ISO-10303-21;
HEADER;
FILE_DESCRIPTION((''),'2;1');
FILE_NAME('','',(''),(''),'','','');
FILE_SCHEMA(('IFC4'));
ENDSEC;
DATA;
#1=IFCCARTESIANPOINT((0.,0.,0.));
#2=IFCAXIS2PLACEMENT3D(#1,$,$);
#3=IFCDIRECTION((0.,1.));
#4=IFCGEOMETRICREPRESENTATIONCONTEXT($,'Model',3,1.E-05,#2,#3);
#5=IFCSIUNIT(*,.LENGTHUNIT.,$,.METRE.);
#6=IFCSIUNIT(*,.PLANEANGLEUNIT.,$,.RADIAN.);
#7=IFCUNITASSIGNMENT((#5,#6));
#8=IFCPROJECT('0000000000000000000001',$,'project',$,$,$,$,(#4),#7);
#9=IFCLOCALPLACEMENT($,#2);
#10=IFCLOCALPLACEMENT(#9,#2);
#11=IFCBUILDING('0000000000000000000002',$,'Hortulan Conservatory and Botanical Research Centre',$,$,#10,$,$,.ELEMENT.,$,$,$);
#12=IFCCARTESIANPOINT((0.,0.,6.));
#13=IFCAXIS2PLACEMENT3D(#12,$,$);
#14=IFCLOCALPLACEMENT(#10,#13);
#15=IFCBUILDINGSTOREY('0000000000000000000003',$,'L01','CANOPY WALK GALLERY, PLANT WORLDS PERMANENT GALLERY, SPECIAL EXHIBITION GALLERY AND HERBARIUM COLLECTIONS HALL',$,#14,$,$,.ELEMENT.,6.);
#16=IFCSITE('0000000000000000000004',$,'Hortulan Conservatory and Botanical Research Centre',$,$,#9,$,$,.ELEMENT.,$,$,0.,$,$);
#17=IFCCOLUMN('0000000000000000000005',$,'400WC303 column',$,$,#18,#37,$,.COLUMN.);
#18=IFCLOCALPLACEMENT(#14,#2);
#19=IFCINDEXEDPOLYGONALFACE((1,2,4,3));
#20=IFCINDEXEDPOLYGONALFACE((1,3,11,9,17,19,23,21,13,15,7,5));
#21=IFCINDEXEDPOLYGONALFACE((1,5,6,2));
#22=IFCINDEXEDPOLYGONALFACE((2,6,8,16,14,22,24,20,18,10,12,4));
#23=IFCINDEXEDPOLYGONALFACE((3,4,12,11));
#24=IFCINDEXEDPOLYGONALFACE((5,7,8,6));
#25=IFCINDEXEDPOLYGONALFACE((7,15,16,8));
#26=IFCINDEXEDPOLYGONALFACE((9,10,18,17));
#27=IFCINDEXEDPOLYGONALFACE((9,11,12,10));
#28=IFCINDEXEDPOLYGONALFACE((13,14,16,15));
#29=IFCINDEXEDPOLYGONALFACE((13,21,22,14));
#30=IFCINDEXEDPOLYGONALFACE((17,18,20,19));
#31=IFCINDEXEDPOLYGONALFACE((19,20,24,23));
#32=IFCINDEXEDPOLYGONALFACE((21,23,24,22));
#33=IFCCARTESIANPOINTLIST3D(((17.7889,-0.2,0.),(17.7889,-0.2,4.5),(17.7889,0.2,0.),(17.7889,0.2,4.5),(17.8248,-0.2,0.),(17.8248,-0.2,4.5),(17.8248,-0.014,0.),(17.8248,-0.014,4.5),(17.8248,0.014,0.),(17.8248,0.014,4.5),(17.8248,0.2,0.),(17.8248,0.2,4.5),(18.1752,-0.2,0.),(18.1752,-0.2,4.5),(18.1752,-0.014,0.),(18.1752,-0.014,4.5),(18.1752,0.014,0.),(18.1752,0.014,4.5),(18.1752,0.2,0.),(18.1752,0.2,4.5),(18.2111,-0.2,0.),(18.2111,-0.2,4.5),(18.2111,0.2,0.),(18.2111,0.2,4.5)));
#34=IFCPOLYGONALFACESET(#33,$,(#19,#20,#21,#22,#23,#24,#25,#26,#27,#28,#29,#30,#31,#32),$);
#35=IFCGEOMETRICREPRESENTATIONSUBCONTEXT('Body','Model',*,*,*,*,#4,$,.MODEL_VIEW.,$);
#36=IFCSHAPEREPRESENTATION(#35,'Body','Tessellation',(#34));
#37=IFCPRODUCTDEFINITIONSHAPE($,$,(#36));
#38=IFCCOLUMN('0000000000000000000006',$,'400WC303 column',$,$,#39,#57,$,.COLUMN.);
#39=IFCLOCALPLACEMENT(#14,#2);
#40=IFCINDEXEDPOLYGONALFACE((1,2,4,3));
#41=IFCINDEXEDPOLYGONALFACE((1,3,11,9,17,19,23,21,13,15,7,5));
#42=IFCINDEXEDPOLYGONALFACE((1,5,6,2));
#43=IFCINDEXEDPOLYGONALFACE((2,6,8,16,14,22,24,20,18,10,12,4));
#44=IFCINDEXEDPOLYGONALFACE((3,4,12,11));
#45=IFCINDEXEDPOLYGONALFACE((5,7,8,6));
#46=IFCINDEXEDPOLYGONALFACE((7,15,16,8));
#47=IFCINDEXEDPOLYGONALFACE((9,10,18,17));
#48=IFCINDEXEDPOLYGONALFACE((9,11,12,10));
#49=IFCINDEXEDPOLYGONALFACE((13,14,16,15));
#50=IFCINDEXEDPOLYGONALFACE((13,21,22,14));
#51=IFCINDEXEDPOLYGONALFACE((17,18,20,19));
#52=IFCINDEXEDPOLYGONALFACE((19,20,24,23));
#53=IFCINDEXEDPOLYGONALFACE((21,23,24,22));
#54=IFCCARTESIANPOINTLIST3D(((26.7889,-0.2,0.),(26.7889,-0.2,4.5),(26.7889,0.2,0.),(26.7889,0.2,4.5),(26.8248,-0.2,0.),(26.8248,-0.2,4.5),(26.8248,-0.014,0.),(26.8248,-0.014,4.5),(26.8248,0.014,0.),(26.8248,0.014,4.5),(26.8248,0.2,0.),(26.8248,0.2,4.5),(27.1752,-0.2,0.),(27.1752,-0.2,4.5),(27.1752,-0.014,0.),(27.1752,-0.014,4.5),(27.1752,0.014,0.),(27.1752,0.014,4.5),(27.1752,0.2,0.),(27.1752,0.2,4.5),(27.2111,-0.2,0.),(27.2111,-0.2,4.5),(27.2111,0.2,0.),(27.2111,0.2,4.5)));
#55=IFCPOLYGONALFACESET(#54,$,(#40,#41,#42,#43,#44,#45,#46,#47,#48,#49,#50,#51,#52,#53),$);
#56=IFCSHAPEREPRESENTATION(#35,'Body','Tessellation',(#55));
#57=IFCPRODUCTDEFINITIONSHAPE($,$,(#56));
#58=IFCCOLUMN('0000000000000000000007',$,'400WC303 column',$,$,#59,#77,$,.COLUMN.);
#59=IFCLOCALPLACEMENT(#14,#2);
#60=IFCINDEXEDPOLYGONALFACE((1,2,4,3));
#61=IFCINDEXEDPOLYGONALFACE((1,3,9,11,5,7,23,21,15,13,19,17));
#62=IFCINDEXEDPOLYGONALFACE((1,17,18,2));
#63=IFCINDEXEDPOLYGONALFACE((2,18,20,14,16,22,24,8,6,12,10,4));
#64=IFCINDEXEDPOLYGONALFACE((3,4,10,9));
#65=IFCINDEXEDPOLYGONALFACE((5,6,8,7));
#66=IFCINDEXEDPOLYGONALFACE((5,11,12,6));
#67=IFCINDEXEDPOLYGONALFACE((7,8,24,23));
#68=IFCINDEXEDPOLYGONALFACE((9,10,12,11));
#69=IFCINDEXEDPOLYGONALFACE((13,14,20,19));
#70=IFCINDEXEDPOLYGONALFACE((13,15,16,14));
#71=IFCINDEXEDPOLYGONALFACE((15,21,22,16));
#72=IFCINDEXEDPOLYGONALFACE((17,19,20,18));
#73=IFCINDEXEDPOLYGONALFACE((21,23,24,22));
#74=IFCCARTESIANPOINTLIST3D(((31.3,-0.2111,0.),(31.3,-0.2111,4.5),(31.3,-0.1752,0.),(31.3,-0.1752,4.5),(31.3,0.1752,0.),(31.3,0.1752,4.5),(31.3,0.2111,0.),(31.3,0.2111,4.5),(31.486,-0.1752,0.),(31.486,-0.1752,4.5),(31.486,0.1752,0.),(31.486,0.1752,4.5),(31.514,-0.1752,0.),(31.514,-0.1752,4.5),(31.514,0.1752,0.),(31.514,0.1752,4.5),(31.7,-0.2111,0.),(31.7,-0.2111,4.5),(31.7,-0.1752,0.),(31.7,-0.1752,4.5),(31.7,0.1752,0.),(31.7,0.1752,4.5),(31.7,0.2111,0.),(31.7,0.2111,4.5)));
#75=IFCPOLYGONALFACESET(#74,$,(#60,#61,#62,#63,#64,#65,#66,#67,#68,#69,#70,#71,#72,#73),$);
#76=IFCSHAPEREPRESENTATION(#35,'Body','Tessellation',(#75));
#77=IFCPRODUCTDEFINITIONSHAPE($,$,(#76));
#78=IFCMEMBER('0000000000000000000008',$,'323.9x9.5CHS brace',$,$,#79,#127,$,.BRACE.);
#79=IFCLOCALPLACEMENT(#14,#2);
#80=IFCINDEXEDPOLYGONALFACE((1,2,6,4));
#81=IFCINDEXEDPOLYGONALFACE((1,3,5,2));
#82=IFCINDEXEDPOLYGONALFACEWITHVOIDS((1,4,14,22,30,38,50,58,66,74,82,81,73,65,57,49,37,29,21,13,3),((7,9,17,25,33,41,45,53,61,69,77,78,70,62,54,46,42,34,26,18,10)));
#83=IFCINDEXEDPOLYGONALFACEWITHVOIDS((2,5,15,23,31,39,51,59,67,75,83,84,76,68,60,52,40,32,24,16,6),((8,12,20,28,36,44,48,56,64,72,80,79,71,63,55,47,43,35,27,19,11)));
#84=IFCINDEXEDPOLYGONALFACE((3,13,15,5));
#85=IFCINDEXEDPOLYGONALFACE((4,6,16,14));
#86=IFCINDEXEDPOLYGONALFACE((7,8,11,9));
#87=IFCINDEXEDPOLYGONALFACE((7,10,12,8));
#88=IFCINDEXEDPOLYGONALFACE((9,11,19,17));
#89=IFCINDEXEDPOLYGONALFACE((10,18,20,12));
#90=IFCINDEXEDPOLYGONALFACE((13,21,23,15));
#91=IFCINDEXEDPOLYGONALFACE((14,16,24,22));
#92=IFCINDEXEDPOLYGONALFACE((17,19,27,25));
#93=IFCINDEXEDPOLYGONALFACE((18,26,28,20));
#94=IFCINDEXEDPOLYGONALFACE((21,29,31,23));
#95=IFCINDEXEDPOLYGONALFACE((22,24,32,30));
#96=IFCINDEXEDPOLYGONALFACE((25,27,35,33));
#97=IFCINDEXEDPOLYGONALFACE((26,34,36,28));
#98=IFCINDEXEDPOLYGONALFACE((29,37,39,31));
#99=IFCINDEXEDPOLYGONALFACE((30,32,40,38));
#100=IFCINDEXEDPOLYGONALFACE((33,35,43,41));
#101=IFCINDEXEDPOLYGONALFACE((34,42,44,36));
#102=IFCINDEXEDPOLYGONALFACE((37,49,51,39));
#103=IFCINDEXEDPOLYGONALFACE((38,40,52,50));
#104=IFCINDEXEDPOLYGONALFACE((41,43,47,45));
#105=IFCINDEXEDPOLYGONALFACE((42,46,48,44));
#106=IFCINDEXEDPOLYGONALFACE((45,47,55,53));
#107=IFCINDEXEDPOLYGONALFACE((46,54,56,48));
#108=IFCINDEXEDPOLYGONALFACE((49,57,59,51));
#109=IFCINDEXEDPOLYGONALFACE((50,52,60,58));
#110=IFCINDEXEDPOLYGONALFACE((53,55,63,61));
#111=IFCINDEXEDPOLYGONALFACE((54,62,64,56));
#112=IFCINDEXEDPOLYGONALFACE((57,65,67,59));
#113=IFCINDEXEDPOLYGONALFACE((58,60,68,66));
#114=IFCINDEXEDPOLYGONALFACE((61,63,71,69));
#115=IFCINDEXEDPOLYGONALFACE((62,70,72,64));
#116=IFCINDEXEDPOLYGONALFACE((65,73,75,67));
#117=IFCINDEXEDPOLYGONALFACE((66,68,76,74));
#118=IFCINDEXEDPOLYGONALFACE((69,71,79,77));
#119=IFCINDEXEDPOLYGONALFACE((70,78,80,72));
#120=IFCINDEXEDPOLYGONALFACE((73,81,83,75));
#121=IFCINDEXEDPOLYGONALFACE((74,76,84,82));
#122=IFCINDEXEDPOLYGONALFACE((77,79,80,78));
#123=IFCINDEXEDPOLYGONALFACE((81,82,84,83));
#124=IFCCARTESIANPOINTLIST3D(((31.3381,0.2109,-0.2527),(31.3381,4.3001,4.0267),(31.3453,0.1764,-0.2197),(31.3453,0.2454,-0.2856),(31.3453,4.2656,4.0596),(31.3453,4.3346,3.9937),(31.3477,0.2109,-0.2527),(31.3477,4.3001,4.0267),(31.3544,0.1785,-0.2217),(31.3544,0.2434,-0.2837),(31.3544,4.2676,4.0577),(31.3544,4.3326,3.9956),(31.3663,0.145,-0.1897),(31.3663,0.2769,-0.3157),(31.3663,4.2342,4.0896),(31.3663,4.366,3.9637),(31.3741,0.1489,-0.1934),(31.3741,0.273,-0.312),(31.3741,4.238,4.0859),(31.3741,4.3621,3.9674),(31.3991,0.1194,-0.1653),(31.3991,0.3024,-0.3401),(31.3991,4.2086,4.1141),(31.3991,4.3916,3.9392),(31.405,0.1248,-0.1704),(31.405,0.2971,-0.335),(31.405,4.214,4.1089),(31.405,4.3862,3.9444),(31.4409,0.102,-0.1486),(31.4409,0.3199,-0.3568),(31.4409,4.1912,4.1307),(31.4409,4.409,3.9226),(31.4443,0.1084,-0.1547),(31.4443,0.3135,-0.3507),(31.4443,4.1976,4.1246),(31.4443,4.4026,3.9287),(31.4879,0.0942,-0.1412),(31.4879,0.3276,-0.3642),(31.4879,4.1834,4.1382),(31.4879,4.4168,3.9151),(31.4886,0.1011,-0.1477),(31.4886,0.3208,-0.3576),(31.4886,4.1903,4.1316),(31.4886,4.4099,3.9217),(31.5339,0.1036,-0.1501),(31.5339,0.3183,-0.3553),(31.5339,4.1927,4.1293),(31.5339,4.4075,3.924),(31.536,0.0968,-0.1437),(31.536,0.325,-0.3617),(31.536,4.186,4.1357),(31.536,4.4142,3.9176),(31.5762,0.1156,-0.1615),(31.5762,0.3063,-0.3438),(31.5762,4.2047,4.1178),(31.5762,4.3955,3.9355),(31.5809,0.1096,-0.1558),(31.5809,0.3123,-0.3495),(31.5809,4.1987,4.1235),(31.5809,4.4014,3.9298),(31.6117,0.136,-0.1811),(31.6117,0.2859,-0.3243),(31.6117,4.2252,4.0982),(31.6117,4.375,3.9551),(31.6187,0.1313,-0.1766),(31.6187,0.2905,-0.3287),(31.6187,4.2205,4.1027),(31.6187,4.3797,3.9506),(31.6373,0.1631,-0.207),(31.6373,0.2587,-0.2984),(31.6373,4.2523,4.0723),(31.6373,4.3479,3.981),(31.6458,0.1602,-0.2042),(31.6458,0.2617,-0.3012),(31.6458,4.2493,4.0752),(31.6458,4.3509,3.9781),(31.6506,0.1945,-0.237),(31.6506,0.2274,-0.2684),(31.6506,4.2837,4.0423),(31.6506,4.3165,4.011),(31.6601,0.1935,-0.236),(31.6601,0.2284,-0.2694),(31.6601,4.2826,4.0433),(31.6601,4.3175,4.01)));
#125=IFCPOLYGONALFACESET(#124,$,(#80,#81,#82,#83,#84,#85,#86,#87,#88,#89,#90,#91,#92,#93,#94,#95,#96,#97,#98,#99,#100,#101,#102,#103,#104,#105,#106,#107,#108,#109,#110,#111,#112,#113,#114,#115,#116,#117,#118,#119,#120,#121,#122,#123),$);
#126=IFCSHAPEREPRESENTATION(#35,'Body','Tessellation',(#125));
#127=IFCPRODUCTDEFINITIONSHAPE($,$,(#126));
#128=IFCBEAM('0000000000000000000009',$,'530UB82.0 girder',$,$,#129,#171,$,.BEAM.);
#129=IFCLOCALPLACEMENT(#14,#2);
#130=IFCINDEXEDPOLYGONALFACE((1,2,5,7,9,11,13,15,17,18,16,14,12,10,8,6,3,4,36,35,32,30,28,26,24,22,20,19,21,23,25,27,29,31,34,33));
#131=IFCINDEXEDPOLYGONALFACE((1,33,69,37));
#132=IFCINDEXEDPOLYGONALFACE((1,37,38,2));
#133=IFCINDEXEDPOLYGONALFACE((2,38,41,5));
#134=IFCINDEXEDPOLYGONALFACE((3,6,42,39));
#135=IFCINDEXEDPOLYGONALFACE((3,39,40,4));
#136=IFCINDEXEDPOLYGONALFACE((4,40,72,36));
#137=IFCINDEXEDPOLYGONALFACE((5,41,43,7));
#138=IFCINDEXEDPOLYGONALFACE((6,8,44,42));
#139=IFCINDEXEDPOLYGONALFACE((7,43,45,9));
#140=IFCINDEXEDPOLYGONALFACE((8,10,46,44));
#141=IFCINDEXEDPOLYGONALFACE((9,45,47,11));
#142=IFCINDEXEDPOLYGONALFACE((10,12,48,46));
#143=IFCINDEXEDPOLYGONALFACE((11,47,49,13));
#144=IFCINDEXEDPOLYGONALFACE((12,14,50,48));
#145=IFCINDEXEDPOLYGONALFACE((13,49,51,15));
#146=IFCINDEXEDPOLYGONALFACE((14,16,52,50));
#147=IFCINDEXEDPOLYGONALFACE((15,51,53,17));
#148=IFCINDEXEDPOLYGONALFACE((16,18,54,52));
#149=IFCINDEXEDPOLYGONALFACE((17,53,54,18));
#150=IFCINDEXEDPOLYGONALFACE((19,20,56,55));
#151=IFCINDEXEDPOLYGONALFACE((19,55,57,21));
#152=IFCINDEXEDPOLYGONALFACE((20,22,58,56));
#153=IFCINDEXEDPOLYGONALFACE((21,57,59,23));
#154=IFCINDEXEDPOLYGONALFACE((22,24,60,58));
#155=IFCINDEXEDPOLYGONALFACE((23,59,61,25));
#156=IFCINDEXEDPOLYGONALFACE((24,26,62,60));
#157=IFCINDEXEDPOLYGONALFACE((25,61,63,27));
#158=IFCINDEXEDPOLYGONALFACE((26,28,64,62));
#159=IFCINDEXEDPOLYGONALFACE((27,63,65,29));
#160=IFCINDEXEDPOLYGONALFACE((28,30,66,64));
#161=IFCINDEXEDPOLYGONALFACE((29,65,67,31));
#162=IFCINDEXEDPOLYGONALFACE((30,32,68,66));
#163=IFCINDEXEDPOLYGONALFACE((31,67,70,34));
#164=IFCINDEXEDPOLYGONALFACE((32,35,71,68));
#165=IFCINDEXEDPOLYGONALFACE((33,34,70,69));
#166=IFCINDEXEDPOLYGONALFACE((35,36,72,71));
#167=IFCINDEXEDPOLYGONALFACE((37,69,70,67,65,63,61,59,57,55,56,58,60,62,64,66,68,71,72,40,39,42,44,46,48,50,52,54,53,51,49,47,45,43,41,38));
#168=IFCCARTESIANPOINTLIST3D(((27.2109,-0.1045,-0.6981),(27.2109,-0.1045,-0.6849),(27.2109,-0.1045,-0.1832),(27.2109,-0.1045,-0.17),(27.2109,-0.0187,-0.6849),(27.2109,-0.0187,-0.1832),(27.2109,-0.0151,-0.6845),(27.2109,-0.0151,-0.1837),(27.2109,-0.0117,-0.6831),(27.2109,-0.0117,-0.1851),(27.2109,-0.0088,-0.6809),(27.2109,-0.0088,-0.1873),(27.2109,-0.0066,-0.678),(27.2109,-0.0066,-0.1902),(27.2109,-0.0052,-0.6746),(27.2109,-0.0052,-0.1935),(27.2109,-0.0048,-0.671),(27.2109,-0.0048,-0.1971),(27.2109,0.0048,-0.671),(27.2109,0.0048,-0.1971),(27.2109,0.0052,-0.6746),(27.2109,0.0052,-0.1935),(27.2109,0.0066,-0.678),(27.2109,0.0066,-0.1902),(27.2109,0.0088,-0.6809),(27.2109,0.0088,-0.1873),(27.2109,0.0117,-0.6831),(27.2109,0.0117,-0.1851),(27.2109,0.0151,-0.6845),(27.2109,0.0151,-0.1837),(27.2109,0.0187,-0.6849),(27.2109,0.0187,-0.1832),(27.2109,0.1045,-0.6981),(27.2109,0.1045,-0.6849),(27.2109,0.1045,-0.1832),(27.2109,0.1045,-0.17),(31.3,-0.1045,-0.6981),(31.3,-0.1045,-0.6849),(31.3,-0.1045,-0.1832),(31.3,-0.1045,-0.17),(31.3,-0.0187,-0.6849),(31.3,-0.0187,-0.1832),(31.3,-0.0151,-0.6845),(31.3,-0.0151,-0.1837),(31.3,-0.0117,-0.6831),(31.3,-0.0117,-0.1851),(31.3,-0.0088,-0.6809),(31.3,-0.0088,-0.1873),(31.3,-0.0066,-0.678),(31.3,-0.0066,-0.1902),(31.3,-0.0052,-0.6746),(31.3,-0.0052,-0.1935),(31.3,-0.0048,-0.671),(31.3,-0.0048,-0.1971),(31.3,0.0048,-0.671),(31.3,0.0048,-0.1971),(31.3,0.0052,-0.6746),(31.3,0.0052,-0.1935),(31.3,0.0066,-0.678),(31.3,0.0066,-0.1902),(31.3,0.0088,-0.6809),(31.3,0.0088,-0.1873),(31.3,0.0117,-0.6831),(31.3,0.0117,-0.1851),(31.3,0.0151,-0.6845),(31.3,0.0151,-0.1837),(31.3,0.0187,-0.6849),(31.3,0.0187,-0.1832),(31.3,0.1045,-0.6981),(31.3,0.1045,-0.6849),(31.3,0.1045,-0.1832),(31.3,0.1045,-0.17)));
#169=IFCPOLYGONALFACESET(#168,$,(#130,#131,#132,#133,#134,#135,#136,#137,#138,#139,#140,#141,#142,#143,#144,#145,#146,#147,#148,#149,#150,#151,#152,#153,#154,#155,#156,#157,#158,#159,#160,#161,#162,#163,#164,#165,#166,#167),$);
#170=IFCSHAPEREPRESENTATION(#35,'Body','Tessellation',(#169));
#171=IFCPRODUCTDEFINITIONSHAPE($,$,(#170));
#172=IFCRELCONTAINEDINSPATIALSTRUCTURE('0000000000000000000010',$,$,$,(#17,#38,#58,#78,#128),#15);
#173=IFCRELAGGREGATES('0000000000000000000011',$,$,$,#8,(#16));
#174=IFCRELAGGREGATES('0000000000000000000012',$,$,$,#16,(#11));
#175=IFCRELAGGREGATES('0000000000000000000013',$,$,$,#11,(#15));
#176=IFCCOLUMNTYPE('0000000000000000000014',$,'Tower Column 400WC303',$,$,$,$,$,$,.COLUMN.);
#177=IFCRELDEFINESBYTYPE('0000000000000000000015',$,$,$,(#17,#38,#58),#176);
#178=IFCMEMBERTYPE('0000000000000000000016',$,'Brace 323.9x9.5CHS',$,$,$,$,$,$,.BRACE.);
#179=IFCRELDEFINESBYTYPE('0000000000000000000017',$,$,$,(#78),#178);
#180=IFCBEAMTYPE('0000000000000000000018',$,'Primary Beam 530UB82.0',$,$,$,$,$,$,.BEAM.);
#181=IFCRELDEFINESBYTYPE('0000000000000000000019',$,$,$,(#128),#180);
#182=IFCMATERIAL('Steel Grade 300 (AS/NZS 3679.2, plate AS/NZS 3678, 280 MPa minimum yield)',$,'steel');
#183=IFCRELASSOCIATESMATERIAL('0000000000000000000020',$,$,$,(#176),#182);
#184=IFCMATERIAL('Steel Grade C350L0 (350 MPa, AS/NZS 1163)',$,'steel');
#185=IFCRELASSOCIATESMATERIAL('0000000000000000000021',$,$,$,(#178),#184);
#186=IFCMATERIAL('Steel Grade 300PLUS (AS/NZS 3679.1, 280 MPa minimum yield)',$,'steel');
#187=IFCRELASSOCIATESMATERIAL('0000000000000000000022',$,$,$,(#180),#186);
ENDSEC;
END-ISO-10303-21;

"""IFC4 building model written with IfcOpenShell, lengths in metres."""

from ifc_helpers import new_model, si_unit, direction, frame, origin, origin_2d, place, context, subcontext, project, spatial, hollow_circle, i_section, extrude, material, material_profile, profile_set, type_object, element, save


model = new_model("IFC4")

# Units and contexts
model_context = context("Model", 3, precision=1e-05, world=origin(), true_north=direction((0.0, 1.0)))
body_context = subcontext(model_context, "Body", "Model", "MODEL_VIEW")
ifc_project = project(units=[si_unit("LENGTHUNIT", "METRE"), si_unit("PLANEANGLEUNIT", "RADIAN")], contexts=[model_context])

# Site, building, storey
site_placement = place(None, origin())
site = spatial("IfcSite", under=ifc_project, at=site_placement, Name="Hortulan Conservatory and Botanical Research Centre", CompositionType="ELEMENT", RefElevation=0.0)
building_placement = place(site_placement, origin())
building = spatial("IfcBuilding", under=site, at=building_placement, Name="Hortulan Conservatory and Botanical Research Centre", CompositionType="ELEMENT")
storey_placement = place(building_placement, frame((0.0, 0.0, 6.0)))
storey = spatial("IfcBuildingStorey", under=building, at=storey_placement, Name="L01", Description="CANOPY WALK GALLERY, PLANT WORLDS PERMANENT GALLERY, SPECIAL EXHIBITION GALLERY AND HERBARIUM COLLECTIONS HALL", CompositionType="ELEMENT", Elevation=6.0)

# Columns
ifc_material_1 = material(Name="Steel Grade 300 (AS/NZS 3679.2, plate AS/NZS 3678, 280 MPa minimum yield)", Category="steel")
ifc_material_profile_1 = material_profile(ifc_material_1, i_section(OverallWidth=0.3999, OverallDepth=0.4221, WebThickness=0.0281, FlangeThickness=0.0359, at=origin_2d()), Name="400WC303")
ifc_profile_set_1 = profile_set([ifc_material_profile_1], Name="Steel Grade 300 (AS/NZS 3679.2, plate AS/NZS 3678, 280 MPa minimum yield)")
column_type = type_object("IfcColumnType", Name="Tower Column 400WC303", PredefinedType="COLUMN", material=ifc_profile_set_1)
for number, where, z_axis, x_axis, name in (
    (1, (18.0, 0.0, 0.0), (0.0, 0.0, 1.0), (0.0, 1.0, 0.0), "400WC303 column"),
    (2, (27.0, 0.0, 0.0), (0.0, 0.0, 1.0), (0.0, 1.0, 0.0), "400WC303 column"),
    (3, (31.5, 0.0, 0.0), (0.0, 0.0, 1.0), (1.0, 0.0, 0.0), "400WC303 column"),
):
    element("IfcColumn", number, at=place(storey_placement, frame(where, z_axis=z_axis, x_axis=x_axis)), inside=storey, type_object=column_type, Name=name, PredefinedType="COLUMN", context=body_context, shape_type="SweptSolid", body=[
        extrude(i_section(OverallWidth=0.3999, OverallDepth=0.4221, WebThickness=0.0281, FlangeThickness=0.0359, at=origin_2d()), origin(), (0.0, 0.0, 1.0), 4.5),
    ])

# Member
ifc_material_2 = material(Name="Steel Grade C350L0 (350 MPa, AS/NZS 1163)", Category="steel")
ifc_material_profile_2 = material_profile(ifc_material_2, hollow_circle(Radius=0.1619, WallThickness=0.0095, at=origin_2d()), Name="323.9x9.5CHS")
ifc_profile_set_2 = profile_set([ifc_material_profile_2], Name="Steel Grade C350L0 (350 MPa, AS/NZS 1163)")
member_type = type_object("IfcMemberType", Name="Brace 323.9x9.5CHS", PredefinedType="BRACE", material=ifc_profile_set_2)
member_placement = place(storey_placement, frame((31.5, 0.2109, -0.2527), z_axis=(0.0, 0.690858, 0.72299), x_axis=(-1.0, 0.0, 0.0)))
element("IfcMember", 4, at=member_placement, inside=storey, type_object=member_type, Name="323.9x9.5CHS brace", PredefinedType="BRACE", context=body_context, shape_type="SweptSolid", body=[
    extrude(hollow_circle(Radius=0.1619, WallThickness=0.0095, at=origin_2d()), origin(), (0.0, 0.0, 1.0), 5.9189),
])

# Beam
ifc_material_3 = material(Name="Steel Grade 300PLUS (AS/NZS 3679.1, 280 MPa minimum yield)", Category="steel")
ifc_material_profile_3 = material_profile(ifc_material_3, i_section(OverallWidth=0.209, OverallDepth=0.5281, WebThickness=0.0095, FlangeThickness=0.0132, FilletRadius=0.0139, at=origin_2d()), Name="530UB82.0")
ifc_profile_set_3 = profile_set([ifc_material_profile_3], Name="Steel Grade 300PLUS (AS/NZS 3679.1, 280 MPa minimum yield)")
beam_type_1 = type_object("IfcBeamType", Name="Primary Beam 530UB82.0", PredefinedType="BEAM", material=ifc_profile_set_3)
beam_1_placement = place(storey_placement, frame((27.2109, 0.0, -0.4341), z_axis=(1.0, 0.0, 0.0), x_axis=(0.0, 1.0, 0.0)))
element("IfcBeam", 5, at=beam_1_placement, inside=storey, type_object=beam_type_1, Name="530UB82.0 girder", PredefinedType="BEAM", context=body_context, shape_type="SweptSolid", body=[
    extrude(i_section(OverallWidth=0.209, OverallDepth=0.5281, WebThickness=0.0095, FlangeThickness=0.0132, FilletRadius=0.0139, at=origin_2d()), origin(), (0.0, 0.0, 1.0), 4.0891),
])

save(model, "model.ifc")
